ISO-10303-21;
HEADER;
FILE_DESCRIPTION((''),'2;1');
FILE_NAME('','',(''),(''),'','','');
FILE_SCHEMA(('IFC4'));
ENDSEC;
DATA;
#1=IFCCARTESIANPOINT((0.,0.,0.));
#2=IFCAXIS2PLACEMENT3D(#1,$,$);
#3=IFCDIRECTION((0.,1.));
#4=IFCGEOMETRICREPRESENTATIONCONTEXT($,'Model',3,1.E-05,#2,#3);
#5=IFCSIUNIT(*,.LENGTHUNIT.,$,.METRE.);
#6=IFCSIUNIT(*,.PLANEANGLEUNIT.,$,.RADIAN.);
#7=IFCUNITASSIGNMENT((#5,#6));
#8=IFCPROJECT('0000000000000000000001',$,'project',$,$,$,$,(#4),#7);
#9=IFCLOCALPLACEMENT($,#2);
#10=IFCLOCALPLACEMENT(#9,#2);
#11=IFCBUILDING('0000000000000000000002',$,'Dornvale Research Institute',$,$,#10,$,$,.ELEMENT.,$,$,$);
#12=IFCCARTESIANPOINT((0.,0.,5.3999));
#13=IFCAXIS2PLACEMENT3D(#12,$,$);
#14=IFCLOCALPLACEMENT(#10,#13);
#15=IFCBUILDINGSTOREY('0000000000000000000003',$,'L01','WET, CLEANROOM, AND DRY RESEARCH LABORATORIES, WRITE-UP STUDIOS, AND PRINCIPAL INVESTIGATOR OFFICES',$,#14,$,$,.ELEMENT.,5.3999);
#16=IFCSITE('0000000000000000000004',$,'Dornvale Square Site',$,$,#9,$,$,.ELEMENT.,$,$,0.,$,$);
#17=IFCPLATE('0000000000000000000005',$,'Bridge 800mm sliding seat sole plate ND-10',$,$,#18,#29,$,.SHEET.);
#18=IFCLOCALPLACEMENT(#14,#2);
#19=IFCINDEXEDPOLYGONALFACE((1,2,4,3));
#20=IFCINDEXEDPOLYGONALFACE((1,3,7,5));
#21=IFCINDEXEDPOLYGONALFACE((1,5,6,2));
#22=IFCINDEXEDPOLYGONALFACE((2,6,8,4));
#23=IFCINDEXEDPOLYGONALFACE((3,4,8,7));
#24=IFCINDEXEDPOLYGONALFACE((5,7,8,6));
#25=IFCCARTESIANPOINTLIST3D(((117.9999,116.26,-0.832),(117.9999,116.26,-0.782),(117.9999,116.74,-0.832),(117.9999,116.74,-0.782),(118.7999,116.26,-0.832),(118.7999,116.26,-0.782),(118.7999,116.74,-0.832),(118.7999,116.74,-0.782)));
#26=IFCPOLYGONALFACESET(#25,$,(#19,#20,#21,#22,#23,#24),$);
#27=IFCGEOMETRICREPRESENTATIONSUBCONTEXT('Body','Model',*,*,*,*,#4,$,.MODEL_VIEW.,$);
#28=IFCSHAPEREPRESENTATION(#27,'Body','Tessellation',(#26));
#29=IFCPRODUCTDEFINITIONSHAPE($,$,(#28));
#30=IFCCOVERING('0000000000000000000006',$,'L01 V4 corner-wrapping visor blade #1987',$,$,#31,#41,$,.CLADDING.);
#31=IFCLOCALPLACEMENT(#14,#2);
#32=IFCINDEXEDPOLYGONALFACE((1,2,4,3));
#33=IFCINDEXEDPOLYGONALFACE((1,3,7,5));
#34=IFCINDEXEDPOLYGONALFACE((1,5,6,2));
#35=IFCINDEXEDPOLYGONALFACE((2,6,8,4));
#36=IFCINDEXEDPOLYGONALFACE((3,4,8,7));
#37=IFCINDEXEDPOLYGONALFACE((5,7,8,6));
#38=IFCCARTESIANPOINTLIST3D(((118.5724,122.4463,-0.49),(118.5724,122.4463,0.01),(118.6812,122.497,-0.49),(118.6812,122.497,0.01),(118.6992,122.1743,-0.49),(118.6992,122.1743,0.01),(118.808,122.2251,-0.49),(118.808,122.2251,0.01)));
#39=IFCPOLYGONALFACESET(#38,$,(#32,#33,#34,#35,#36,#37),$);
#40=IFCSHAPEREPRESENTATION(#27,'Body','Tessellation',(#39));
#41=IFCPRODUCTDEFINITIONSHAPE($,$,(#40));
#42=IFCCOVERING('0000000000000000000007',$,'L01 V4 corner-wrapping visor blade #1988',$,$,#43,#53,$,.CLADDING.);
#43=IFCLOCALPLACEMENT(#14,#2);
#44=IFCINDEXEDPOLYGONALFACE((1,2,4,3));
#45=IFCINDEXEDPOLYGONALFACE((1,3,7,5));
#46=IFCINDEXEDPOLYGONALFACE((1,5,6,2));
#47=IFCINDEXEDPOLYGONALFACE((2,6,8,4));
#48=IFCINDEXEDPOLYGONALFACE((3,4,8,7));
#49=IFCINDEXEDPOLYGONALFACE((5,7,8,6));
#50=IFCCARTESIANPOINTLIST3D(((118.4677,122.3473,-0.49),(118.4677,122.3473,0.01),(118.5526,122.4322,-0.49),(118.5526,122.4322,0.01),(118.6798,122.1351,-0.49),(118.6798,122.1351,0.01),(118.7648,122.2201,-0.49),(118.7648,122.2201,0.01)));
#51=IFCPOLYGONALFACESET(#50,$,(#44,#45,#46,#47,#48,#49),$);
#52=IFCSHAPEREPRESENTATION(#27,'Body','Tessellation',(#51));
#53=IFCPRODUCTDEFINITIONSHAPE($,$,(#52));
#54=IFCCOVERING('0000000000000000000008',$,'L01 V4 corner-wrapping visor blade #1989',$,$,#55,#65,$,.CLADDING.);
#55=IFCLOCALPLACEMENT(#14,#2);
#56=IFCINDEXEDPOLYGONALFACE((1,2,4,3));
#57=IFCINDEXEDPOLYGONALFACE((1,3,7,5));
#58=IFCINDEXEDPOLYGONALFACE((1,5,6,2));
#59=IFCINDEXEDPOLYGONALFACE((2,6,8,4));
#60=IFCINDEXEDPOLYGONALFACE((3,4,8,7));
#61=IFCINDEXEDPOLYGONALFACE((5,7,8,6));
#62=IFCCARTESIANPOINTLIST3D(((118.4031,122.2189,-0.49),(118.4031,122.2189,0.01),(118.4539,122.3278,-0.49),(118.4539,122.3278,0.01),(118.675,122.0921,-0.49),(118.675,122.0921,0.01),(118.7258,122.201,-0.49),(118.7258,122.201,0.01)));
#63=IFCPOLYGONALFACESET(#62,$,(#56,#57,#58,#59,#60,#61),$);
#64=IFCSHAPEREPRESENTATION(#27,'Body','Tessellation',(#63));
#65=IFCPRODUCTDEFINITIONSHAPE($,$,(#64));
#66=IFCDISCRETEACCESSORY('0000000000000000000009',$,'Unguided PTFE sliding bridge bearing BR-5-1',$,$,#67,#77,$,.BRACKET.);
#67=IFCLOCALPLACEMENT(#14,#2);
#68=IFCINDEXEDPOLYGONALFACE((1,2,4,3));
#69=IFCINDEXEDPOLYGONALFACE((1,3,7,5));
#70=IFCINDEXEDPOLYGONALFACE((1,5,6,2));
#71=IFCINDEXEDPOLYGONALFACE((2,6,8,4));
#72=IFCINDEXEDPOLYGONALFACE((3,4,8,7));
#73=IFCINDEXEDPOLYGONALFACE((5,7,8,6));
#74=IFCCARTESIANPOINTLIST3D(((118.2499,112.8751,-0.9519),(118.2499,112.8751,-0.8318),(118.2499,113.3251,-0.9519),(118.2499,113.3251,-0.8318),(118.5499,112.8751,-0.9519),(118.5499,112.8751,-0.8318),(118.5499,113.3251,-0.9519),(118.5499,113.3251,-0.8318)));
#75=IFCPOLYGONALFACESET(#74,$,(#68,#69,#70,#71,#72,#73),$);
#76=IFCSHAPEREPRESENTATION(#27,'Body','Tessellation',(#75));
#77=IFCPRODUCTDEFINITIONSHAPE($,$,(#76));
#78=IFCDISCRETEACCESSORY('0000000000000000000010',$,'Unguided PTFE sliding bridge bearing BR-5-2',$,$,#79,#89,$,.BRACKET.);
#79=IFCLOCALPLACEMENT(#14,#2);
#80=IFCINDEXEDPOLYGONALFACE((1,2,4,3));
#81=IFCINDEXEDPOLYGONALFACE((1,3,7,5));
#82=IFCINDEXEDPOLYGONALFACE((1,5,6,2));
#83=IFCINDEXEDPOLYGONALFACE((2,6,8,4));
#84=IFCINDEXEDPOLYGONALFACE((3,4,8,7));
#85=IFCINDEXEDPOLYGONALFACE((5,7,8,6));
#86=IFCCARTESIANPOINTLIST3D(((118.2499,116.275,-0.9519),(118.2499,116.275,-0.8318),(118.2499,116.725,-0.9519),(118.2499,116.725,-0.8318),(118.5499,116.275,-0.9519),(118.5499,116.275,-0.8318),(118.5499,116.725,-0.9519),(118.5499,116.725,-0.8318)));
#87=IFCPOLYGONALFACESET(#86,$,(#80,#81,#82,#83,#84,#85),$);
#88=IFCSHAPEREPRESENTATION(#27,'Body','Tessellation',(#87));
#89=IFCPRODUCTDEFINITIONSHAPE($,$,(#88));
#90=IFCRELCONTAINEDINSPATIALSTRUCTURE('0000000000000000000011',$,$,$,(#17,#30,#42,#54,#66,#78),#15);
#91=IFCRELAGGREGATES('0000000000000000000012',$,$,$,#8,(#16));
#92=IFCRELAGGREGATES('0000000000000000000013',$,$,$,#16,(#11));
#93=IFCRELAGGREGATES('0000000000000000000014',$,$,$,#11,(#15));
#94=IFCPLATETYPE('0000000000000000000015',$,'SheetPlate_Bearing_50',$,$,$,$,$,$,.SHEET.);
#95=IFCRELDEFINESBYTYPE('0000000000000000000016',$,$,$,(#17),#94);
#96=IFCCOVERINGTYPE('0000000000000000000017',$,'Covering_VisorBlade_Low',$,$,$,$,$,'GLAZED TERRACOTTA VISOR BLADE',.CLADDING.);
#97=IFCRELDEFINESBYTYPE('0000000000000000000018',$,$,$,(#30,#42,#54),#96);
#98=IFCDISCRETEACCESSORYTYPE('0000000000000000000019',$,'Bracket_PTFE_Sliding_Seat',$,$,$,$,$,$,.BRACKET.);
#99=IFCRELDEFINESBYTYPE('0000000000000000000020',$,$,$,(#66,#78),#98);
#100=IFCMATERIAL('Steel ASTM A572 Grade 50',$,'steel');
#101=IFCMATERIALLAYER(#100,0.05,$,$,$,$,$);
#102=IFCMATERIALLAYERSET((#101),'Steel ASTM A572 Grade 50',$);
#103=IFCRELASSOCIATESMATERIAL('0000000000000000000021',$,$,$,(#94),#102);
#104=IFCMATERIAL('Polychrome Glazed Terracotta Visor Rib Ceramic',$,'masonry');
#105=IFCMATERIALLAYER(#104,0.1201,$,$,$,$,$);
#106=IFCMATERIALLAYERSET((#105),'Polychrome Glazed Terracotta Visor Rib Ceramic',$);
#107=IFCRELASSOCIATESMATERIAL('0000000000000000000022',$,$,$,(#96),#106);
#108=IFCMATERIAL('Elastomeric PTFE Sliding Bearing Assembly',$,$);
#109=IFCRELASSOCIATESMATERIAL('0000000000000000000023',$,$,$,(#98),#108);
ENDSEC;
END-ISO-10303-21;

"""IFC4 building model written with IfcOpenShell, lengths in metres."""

from ifc_helpers import new_model, si_unit, direction, frame, origin, origin_2d, place, context, subcontext, project, spatial, rectangle, extrude, material, layer, layer_set, type_object, element, save


model = new_model("IFC4")

# Units and contexts
model_context = context("Model", 3, precision=1e-05, world=origin(), true_north=direction((0.0, 1.0)))
body_context = subcontext(model_context, "Body", "Model", "MODEL_VIEW")
ifc_project = project(units=[si_unit("LENGTHUNIT", "METRE"), si_unit("PLANEANGLEUNIT", "RADIAN")], contexts=[model_context])

# Site, building, storey
site_placement = place(None, origin())
site = spatial("IfcSite", under=ifc_project, at=site_placement, Name="Dornvale Square Site", CompositionType="ELEMENT", RefElevation=0.0)
building_placement = place(site_placement, origin())
building = spatial("IfcBuilding", under=site, at=building_placement, Name="Dornvale Research Institute", CompositionType="ELEMENT")
storey_placement = place(building_placement, frame((0.0, 0.0, 5.3999)))
storey = spatial("IfcBuildingStorey", under=building, at=storey_placement, Name="L01", Description="WET, CLEANROOM, AND DRY RESEARCH LABORATORIES, WRITE-UP STUDIOS, AND PRINCIPAL INVESTIGATOR OFFICES", CompositionType="ELEMENT", Elevation=5.3999)

# Plate
ifc_material_1 = material(Name="Steel ASTM A572 Grade 50", Category="steel")
ifc_layer_1 = layer(ifc_material_1, 0.05)
ifc_layer_set_1 = layer_set([ifc_layer_1], Name="Steel ASTM A572 Grade 50")
plate_type_1 = type_object("IfcPlateType", Name="SheetPlate_Bearing_50", PredefinedType="SHEET", material=ifc_layer_set_1)
for number, where, z_axis, x_axis, name in (
    (1, (118.3999, 116.5, -0.832), (0.0, 0.0, 1.0), (1.0, 0.0, 0.0), "Bridge 800mm sliding seat sole plate ND-10"),
):
    element("IfcPlate", number, at=place(storey_placement, frame(where, z_axis=z_axis, x_axis=x_axis)), inside=storey, type_object=plate_type_1, Name=name, PredefinedType="SHEET", context=body_context, shape_type="SweptSolid", body=[
        extrude(rectangle(XDim=0.8, YDim=0.48, at=origin_2d()), origin(), (0.0, 0.0, 1.0), 0.05),
    ])

# Coverings
ifc_material_2 = material(Name="Polychrome Glazed Terracotta Visor Rib Ceramic", Category="masonry")
ifc_layer_2 = layer(ifc_material_2, 0.1201)
ifc_layer_set_2 = layer_set([ifc_layer_2], Name="Polychrome Glazed Terracotta Visor Rib Ceramic")
covering_type = type_object("IfcCoveringType", Name="Covering_VisorBlade_Low", ElementType="GLAZED TERRACOTTA VISOR BLADE", PredefinedType="CLADDING", material=ifc_layer_set_2)
for number, where, z_axis, x_axis, name in (
    (2, (118.6902, 122.3357, -0.49), (0.0, 0.0, 1.0), (-0.422618, 0.906308, 0.0), "L01 V4 corner-wrapping visor blade #1987"),
    (3, (118.6162, 122.2837, -0.49), (0.0, 0.0, 1.0), (-0.707107, 0.707107, 0.0), "L01 V4 corner-wrapping visor blade #1988"),
    (4, (118.5645, 122.21, -0.49), (0.0, 0.0, 1.0), (-0.906308, 0.422618, 0.0), "L01 V4 corner-wrapping visor blade #1989"),
):
    element("IfcCovering", number, at=place(storey_placement, frame(where, z_axis=z_axis, x_axis=x_axis)), inside=storey, type_object=covering_type, Name=name, PredefinedType="CLADDING", context=body_context, shape_type="SweptSolid", body=[
        extrude(rectangle(XDim=0.3, YDim=0.1201, at=origin_2d()), origin(), (0.0, 0.0, 1.0), 0.5),
    ])

# Discrete accessories
ifc_material_3 = material(Name="Elastomeric PTFE Sliding Bearing Assembly")
discrete_accessory_type = type_object("IfcDiscreteAccessoryType", Name="Bracket_PTFE_Sliding_Seat", PredefinedType="BRACKET", material=ifc_material_3)
for number, where, z_axis, x_axis, name in (
    (5, (118.3999, 113.1001, -0.9519), (0.0, 0.0, 1.0), (1.0, 0.0, 0.0), "Unguided PTFE sliding bridge bearing BR-5-1"),
    (6, (118.3999, 116.5, -0.9519), (0.0, 0.0, 1.0), (1.0, 0.0, 0.0), "Unguided PTFE sliding bridge bearing BR-5-2"),
):
    element("IfcDiscreteAccessory", number, at=place(storey_placement, frame(where, z_axis=z_axis, x_axis=x_axis)), inside=storey, type_object=discrete_accessory_type, Name=name, PredefinedType="BRACKET", context=body_context, shape_type="SweptSolid", body=[
        extrude(rectangle(XDim=0.3, YDim=0.45, at=origin_2d()), origin(), (0.0, 0.0, 1.0), 0.1201),
    ])

save(model, "model.ifc")
